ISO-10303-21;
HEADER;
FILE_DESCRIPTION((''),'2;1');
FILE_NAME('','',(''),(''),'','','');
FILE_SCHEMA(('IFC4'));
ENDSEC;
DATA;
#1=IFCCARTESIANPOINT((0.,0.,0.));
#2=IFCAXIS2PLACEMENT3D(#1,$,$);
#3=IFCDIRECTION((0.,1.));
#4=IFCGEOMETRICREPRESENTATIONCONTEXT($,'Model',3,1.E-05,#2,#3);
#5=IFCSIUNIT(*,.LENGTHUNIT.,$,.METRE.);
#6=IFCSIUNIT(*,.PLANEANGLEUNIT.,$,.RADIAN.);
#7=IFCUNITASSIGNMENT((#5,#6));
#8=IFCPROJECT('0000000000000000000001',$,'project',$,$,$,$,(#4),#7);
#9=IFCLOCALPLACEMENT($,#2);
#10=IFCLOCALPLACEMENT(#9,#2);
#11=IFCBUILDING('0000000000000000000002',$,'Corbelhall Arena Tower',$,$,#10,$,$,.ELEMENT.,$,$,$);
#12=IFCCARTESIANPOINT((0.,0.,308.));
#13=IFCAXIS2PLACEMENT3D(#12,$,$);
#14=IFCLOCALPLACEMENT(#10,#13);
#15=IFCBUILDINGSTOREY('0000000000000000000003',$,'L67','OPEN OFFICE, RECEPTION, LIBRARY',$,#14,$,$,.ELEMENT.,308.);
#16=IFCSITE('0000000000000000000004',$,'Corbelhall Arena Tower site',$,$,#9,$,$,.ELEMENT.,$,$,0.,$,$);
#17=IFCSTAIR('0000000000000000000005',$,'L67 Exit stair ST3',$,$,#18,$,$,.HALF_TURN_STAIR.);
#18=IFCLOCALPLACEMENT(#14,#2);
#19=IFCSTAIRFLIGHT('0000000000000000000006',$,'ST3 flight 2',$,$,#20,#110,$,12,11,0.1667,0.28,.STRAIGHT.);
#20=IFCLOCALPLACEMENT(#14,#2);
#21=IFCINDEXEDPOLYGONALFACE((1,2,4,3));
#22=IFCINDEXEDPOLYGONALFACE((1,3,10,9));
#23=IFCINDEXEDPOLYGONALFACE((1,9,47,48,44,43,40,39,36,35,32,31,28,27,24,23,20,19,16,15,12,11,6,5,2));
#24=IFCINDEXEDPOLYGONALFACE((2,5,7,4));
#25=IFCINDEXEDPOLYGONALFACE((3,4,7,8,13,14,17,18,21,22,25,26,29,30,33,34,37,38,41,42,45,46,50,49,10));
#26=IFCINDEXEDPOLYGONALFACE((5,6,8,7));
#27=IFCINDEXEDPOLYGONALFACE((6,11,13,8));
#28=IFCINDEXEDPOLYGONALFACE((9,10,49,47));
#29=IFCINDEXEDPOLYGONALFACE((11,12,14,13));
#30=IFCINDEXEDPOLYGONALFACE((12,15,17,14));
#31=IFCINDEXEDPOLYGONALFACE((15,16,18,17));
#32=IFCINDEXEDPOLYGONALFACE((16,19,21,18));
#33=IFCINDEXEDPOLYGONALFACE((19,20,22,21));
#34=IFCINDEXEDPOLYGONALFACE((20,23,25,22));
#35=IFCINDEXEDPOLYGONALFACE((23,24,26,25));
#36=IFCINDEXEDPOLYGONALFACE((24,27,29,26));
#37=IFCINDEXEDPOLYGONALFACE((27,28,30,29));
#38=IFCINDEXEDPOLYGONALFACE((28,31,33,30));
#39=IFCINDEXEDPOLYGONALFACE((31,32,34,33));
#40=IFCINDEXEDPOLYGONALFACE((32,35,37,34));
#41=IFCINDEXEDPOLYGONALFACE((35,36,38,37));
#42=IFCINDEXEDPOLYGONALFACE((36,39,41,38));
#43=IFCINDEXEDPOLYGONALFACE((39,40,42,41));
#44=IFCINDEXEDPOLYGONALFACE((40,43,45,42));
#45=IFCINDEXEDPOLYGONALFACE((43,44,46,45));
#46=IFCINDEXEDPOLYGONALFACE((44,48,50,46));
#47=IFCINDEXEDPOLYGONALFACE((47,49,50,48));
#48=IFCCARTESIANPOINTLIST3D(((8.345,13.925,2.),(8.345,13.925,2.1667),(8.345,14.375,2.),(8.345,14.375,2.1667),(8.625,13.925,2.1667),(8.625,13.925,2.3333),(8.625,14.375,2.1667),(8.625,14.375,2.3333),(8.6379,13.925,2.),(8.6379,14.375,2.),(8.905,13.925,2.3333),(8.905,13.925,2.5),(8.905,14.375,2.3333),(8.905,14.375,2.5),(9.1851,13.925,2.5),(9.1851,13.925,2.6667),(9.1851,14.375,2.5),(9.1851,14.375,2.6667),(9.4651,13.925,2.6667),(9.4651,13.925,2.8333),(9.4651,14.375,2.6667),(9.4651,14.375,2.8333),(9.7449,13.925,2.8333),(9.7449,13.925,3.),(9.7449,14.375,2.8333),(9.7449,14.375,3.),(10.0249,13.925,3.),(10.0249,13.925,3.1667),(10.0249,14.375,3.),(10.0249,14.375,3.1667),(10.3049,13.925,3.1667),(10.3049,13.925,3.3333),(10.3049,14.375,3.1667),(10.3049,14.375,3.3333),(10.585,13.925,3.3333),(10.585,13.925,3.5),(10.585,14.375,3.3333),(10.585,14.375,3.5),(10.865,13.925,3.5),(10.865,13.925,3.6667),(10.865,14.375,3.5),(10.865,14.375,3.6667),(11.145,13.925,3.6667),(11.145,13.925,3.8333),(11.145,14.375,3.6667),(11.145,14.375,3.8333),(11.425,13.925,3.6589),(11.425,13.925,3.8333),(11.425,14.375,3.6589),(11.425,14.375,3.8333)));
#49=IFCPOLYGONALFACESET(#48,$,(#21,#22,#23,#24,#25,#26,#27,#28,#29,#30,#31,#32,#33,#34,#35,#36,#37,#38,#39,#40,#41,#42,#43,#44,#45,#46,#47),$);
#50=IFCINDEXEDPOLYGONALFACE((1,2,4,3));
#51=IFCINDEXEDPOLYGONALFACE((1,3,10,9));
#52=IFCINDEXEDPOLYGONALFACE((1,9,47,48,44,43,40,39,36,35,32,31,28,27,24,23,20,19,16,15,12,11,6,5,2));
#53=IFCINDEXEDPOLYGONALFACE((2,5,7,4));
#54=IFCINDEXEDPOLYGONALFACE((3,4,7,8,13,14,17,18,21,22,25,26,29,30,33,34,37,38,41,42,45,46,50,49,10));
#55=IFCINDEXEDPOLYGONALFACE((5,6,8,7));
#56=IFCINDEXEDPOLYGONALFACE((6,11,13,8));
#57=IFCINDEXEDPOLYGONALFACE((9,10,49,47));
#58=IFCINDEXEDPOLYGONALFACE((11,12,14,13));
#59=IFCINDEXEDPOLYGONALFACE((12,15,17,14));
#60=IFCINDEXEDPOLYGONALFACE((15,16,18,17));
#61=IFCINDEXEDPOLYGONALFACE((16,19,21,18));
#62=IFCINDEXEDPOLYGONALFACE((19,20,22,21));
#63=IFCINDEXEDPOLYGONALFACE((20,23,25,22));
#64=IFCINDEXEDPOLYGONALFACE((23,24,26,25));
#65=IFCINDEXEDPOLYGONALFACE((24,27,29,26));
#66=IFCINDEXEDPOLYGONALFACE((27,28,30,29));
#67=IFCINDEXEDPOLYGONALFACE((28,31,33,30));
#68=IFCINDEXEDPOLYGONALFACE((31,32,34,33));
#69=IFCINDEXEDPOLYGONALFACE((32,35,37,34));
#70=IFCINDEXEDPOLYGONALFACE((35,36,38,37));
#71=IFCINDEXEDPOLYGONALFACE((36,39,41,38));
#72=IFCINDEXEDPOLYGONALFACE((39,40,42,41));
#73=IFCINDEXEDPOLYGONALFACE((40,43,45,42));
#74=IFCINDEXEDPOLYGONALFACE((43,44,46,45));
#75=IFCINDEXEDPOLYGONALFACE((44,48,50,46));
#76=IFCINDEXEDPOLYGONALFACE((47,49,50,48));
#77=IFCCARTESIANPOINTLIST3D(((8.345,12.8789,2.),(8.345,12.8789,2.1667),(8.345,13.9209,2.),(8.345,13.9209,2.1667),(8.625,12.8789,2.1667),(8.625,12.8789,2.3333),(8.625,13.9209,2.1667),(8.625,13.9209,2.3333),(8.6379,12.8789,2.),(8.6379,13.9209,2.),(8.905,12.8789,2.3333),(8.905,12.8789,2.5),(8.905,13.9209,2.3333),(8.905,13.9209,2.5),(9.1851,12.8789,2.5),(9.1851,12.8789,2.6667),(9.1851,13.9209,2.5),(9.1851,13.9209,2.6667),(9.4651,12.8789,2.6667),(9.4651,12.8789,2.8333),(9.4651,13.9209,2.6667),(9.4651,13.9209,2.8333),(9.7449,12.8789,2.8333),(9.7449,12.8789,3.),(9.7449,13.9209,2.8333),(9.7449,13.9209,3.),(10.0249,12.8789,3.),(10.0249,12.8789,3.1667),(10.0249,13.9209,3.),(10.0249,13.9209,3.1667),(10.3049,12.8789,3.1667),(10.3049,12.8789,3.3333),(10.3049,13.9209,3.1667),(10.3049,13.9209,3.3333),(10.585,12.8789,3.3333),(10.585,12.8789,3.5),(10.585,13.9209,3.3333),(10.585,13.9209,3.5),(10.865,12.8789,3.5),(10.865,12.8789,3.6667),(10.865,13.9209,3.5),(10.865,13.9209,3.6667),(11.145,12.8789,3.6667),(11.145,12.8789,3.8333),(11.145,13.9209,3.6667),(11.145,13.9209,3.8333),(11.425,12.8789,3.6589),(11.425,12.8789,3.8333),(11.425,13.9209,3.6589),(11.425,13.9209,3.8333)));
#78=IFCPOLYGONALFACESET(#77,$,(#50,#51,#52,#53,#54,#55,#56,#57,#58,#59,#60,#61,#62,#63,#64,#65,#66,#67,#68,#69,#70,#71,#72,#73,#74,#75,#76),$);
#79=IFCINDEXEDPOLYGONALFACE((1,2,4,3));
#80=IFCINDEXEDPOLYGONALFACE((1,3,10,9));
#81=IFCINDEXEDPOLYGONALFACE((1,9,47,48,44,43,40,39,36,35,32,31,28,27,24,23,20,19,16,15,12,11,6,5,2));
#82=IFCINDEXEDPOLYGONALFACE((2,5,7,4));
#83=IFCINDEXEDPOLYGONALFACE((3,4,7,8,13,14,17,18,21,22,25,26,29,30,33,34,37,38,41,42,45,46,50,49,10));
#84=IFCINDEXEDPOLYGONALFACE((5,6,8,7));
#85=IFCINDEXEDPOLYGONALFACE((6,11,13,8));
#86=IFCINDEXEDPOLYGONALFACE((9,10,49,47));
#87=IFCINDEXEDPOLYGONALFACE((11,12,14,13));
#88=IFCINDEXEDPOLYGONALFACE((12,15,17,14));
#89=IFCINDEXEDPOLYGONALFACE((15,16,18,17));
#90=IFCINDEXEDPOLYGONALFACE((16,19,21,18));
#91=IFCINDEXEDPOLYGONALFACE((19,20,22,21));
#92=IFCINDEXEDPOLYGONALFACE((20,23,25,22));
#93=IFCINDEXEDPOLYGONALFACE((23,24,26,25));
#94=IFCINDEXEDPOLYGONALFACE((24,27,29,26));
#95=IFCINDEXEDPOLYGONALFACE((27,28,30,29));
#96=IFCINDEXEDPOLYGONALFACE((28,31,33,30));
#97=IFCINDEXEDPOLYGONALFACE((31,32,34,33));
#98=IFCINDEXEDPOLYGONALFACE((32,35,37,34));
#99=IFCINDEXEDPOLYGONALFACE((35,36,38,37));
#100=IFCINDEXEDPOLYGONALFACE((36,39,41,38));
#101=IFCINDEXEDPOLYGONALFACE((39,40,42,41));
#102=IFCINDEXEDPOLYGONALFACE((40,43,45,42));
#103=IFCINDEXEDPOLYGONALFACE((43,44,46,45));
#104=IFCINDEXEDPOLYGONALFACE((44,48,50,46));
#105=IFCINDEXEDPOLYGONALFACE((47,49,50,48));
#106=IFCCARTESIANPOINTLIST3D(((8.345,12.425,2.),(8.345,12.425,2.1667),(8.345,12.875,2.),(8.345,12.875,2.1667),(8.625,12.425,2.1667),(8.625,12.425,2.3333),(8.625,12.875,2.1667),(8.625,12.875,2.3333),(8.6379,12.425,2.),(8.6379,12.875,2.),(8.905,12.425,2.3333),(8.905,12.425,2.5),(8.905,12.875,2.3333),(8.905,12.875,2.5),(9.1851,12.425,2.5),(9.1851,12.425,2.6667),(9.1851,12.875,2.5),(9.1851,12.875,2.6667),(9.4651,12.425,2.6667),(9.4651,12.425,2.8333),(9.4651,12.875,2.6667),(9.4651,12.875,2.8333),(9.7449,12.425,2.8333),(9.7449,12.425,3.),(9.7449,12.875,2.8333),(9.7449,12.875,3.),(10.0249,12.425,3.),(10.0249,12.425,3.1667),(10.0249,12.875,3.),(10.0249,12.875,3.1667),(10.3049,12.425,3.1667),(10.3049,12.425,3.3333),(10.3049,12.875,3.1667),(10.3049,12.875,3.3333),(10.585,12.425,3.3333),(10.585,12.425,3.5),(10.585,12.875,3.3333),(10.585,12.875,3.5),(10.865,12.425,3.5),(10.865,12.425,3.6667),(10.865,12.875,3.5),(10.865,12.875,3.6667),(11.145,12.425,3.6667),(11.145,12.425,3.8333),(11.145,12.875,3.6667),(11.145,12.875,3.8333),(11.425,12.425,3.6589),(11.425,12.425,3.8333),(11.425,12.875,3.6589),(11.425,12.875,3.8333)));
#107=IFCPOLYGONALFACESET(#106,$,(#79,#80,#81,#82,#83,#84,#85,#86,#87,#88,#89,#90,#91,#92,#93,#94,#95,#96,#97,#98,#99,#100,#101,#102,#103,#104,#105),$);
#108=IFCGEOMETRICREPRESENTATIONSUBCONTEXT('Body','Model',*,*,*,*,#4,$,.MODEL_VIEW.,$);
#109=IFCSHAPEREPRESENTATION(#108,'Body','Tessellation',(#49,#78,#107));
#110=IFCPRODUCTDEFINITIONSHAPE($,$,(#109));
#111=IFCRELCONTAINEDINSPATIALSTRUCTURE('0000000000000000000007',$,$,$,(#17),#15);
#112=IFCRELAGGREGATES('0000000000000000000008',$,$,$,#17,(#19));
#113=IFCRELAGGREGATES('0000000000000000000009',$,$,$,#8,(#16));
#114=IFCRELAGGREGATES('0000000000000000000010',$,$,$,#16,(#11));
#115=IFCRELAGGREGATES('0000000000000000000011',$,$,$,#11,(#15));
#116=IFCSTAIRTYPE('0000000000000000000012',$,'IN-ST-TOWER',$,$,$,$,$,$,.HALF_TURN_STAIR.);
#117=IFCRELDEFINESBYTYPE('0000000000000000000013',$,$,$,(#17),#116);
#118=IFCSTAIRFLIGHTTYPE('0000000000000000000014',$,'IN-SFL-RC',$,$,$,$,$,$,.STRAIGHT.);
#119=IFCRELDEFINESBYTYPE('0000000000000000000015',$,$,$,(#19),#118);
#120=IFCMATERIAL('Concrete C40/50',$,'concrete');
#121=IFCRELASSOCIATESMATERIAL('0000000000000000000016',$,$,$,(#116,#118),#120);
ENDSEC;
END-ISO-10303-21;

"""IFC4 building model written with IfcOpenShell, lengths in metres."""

from ifc_helpers import new_model, si_unit, direction, frame, origin, place, context, subcontext, project, spatial, polyline, outline, extrude, material, type_object, element, aggregate, save


model = new_model("IFC4")

# Units and contexts
model_context = context("Model", 3, precision=1e-05, world=origin(), true_north=direction((0.0, 1.0)))
body_context = subcontext(model_context, "Body", "Model", "MODEL_VIEW")
ifc_project = project(units=[si_unit("LENGTHUNIT", "METRE"), si_unit("PLANEANGLEUNIT", "RADIAN")], contexts=[model_context])

# Site, building, storey
site_placement = place(None, origin())
site = spatial("IfcSite", under=ifc_project, at=site_placement, Name="Corbelhall Arena Tower site", CompositionType="ELEMENT", RefElevation=0.0)
building_placement = place(site_placement, origin())
building = spatial("IfcBuilding", under=site, at=building_placement, Name="Corbelhall Arena Tower", CompositionType="ELEMENT")
storey_placement = place(building_placement, frame((0.0, 0.0, 308.0)))
storey = spatial("IfcBuildingStorey", under=building, at=storey_placement, Name="L67", Description="OPEN OFFICE, RECEPTION, LIBRARY", CompositionType="ELEMENT", Elevation=308.0)

# Shared definitions
ifc_material_1 = material(Name="Concrete C40/50", Category="concrete")

# Stair, stair flight
stair_type = type_object("IfcStairType", Name="IN-ST-TOWER", PredefinedType="HALF_TURN_STAIR", material=ifc_material_1)
stair_placement = place(storey_placement, origin())
stair = element("IfcStair", 1, at=stair_placement, inside=storey, type_object=stair_type, Name="L67 Exit stair ST3", PredefinedType="HALF_TURN_STAIR")
stair_flight_type = type_object("IfcStairFlightType", Name="IN-SFL-RC", PredefinedType="STRAIGHT", material=ifc_material_1)
stair_flight_placement = place(storey_placement, frame((8.345, 13.3999, 2.0), z_axis=(0.0, 0.0, 1.0), x_axis=(1.0, 0.0, 0.0)))
stair_flight = element("IfcStairFlight", 2, at=stair_flight_placement, type_object=stair_flight_type, Name="ST3 flight 2", NumberOfRisers=12, NumberOfTreads=11, PredefinedType="STRAIGHT", RiserHeight=0.1667, TreadLength=0.28, context=body_context, shape_type="SweptSolid", body=[
    extrude(outline(polyline([(0.0, 0.0), (0.0, 0.1667), (0.28, 0.1667), (0.28, 0.3333), (0.5601, 0.3333), (0.5601, 0.5), (0.8401, 0.5), (0.8401, 0.6667), (1.1201, 0.6667), (1.1201, 0.8333), (1.3999, 0.8333), (1.3999, 1.0), (1.6799, 1.0), (1.6799, 1.1667), (1.96, 1.1667), (1.96, 1.3333), (2.24, 1.3333), (2.24, 1.5), (2.52, 1.5), (2.52, 1.6667), (2.8, 1.6667), (2.8, 1.8333), (3.0801, 1.8333), (3.0801, 2.0), (3.0801, 1.6589), (0.293, 0.0), (0.0, 0.0)])), frame((0.0, 0.9751, 0.0), z_axis=(0.0, -1.0, 0.0), x_axis=(1.0, 0.0, 0.0)), (0.0, 0.0, 1.0), 0.45),
    extrude(outline(polyline([(0.0, 0.0), (0.0, 0.1667), (0.28, 0.1667), (0.28, 0.3333), (0.5601, 0.3333), (0.5601, 0.5), (0.8401, 0.5), (0.8401, 0.6667), (1.1201, 0.6667), (1.1201, 0.8333), (1.3999, 0.8333), (1.3999, 1.0), (1.6799, 1.0), (1.6799, 1.1667), (1.96, 1.1667), (1.96, 1.3333), (2.24, 1.3333), (2.24, 1.5), (2.52, 1.5), (2.52, 1.6667), (2.8, 1.6667), (2.8, 1.8333), (3.0801, 1.8333), (3.0801, 2.0), (3.0801, 1.6589), (0.293, 0.0), (0.0, 0.0)])), frame((0.0, 0.521, 0.0), z_axis=(0.0, -1.0, 0.0), x_axis=(1.0, 0.0, 0.0)), (0.0, 0.0, 1.0), 1.042),
    extrude(outline(polyline([(0.0, 0.0), (0.0, 0.1667), (0.28, 0.1667), (0.28, 0.3333), (0.5601, 0.3333), (0.5601, 0.5), (0.8401, 0.5), (0.8401, 0.6667), (1.1201, 0.6667), (1.1201, 0.8333), (1.3999, 0.8333), (1.3999, 1.0), (1.6799, 1.0), (1.6799, 1.1667), (1.96, 1.1667), (1.96, 1.3333), (2.24, 1.3333), (2.24, 1.5), (2.52, 1.5), (2.52, 1.6667), (2.8, 1.6667), (2.8, 1.8333), (3.0801, 1.8333), (3.0801, 2.0), (3.0801, 1.6589), (0.293, 0.0), (0.0, 0.0)])), frame((0.0, -0.5249, 0.0), z_axis=(0.0, -1.0, 0.0), x_axis=(1.0, 0.0, 0.0)), (0.0, 0.0, 1.0), 0.45),
])
aggregate(stair, [stair_flight])

save(model, "model.ifc")
